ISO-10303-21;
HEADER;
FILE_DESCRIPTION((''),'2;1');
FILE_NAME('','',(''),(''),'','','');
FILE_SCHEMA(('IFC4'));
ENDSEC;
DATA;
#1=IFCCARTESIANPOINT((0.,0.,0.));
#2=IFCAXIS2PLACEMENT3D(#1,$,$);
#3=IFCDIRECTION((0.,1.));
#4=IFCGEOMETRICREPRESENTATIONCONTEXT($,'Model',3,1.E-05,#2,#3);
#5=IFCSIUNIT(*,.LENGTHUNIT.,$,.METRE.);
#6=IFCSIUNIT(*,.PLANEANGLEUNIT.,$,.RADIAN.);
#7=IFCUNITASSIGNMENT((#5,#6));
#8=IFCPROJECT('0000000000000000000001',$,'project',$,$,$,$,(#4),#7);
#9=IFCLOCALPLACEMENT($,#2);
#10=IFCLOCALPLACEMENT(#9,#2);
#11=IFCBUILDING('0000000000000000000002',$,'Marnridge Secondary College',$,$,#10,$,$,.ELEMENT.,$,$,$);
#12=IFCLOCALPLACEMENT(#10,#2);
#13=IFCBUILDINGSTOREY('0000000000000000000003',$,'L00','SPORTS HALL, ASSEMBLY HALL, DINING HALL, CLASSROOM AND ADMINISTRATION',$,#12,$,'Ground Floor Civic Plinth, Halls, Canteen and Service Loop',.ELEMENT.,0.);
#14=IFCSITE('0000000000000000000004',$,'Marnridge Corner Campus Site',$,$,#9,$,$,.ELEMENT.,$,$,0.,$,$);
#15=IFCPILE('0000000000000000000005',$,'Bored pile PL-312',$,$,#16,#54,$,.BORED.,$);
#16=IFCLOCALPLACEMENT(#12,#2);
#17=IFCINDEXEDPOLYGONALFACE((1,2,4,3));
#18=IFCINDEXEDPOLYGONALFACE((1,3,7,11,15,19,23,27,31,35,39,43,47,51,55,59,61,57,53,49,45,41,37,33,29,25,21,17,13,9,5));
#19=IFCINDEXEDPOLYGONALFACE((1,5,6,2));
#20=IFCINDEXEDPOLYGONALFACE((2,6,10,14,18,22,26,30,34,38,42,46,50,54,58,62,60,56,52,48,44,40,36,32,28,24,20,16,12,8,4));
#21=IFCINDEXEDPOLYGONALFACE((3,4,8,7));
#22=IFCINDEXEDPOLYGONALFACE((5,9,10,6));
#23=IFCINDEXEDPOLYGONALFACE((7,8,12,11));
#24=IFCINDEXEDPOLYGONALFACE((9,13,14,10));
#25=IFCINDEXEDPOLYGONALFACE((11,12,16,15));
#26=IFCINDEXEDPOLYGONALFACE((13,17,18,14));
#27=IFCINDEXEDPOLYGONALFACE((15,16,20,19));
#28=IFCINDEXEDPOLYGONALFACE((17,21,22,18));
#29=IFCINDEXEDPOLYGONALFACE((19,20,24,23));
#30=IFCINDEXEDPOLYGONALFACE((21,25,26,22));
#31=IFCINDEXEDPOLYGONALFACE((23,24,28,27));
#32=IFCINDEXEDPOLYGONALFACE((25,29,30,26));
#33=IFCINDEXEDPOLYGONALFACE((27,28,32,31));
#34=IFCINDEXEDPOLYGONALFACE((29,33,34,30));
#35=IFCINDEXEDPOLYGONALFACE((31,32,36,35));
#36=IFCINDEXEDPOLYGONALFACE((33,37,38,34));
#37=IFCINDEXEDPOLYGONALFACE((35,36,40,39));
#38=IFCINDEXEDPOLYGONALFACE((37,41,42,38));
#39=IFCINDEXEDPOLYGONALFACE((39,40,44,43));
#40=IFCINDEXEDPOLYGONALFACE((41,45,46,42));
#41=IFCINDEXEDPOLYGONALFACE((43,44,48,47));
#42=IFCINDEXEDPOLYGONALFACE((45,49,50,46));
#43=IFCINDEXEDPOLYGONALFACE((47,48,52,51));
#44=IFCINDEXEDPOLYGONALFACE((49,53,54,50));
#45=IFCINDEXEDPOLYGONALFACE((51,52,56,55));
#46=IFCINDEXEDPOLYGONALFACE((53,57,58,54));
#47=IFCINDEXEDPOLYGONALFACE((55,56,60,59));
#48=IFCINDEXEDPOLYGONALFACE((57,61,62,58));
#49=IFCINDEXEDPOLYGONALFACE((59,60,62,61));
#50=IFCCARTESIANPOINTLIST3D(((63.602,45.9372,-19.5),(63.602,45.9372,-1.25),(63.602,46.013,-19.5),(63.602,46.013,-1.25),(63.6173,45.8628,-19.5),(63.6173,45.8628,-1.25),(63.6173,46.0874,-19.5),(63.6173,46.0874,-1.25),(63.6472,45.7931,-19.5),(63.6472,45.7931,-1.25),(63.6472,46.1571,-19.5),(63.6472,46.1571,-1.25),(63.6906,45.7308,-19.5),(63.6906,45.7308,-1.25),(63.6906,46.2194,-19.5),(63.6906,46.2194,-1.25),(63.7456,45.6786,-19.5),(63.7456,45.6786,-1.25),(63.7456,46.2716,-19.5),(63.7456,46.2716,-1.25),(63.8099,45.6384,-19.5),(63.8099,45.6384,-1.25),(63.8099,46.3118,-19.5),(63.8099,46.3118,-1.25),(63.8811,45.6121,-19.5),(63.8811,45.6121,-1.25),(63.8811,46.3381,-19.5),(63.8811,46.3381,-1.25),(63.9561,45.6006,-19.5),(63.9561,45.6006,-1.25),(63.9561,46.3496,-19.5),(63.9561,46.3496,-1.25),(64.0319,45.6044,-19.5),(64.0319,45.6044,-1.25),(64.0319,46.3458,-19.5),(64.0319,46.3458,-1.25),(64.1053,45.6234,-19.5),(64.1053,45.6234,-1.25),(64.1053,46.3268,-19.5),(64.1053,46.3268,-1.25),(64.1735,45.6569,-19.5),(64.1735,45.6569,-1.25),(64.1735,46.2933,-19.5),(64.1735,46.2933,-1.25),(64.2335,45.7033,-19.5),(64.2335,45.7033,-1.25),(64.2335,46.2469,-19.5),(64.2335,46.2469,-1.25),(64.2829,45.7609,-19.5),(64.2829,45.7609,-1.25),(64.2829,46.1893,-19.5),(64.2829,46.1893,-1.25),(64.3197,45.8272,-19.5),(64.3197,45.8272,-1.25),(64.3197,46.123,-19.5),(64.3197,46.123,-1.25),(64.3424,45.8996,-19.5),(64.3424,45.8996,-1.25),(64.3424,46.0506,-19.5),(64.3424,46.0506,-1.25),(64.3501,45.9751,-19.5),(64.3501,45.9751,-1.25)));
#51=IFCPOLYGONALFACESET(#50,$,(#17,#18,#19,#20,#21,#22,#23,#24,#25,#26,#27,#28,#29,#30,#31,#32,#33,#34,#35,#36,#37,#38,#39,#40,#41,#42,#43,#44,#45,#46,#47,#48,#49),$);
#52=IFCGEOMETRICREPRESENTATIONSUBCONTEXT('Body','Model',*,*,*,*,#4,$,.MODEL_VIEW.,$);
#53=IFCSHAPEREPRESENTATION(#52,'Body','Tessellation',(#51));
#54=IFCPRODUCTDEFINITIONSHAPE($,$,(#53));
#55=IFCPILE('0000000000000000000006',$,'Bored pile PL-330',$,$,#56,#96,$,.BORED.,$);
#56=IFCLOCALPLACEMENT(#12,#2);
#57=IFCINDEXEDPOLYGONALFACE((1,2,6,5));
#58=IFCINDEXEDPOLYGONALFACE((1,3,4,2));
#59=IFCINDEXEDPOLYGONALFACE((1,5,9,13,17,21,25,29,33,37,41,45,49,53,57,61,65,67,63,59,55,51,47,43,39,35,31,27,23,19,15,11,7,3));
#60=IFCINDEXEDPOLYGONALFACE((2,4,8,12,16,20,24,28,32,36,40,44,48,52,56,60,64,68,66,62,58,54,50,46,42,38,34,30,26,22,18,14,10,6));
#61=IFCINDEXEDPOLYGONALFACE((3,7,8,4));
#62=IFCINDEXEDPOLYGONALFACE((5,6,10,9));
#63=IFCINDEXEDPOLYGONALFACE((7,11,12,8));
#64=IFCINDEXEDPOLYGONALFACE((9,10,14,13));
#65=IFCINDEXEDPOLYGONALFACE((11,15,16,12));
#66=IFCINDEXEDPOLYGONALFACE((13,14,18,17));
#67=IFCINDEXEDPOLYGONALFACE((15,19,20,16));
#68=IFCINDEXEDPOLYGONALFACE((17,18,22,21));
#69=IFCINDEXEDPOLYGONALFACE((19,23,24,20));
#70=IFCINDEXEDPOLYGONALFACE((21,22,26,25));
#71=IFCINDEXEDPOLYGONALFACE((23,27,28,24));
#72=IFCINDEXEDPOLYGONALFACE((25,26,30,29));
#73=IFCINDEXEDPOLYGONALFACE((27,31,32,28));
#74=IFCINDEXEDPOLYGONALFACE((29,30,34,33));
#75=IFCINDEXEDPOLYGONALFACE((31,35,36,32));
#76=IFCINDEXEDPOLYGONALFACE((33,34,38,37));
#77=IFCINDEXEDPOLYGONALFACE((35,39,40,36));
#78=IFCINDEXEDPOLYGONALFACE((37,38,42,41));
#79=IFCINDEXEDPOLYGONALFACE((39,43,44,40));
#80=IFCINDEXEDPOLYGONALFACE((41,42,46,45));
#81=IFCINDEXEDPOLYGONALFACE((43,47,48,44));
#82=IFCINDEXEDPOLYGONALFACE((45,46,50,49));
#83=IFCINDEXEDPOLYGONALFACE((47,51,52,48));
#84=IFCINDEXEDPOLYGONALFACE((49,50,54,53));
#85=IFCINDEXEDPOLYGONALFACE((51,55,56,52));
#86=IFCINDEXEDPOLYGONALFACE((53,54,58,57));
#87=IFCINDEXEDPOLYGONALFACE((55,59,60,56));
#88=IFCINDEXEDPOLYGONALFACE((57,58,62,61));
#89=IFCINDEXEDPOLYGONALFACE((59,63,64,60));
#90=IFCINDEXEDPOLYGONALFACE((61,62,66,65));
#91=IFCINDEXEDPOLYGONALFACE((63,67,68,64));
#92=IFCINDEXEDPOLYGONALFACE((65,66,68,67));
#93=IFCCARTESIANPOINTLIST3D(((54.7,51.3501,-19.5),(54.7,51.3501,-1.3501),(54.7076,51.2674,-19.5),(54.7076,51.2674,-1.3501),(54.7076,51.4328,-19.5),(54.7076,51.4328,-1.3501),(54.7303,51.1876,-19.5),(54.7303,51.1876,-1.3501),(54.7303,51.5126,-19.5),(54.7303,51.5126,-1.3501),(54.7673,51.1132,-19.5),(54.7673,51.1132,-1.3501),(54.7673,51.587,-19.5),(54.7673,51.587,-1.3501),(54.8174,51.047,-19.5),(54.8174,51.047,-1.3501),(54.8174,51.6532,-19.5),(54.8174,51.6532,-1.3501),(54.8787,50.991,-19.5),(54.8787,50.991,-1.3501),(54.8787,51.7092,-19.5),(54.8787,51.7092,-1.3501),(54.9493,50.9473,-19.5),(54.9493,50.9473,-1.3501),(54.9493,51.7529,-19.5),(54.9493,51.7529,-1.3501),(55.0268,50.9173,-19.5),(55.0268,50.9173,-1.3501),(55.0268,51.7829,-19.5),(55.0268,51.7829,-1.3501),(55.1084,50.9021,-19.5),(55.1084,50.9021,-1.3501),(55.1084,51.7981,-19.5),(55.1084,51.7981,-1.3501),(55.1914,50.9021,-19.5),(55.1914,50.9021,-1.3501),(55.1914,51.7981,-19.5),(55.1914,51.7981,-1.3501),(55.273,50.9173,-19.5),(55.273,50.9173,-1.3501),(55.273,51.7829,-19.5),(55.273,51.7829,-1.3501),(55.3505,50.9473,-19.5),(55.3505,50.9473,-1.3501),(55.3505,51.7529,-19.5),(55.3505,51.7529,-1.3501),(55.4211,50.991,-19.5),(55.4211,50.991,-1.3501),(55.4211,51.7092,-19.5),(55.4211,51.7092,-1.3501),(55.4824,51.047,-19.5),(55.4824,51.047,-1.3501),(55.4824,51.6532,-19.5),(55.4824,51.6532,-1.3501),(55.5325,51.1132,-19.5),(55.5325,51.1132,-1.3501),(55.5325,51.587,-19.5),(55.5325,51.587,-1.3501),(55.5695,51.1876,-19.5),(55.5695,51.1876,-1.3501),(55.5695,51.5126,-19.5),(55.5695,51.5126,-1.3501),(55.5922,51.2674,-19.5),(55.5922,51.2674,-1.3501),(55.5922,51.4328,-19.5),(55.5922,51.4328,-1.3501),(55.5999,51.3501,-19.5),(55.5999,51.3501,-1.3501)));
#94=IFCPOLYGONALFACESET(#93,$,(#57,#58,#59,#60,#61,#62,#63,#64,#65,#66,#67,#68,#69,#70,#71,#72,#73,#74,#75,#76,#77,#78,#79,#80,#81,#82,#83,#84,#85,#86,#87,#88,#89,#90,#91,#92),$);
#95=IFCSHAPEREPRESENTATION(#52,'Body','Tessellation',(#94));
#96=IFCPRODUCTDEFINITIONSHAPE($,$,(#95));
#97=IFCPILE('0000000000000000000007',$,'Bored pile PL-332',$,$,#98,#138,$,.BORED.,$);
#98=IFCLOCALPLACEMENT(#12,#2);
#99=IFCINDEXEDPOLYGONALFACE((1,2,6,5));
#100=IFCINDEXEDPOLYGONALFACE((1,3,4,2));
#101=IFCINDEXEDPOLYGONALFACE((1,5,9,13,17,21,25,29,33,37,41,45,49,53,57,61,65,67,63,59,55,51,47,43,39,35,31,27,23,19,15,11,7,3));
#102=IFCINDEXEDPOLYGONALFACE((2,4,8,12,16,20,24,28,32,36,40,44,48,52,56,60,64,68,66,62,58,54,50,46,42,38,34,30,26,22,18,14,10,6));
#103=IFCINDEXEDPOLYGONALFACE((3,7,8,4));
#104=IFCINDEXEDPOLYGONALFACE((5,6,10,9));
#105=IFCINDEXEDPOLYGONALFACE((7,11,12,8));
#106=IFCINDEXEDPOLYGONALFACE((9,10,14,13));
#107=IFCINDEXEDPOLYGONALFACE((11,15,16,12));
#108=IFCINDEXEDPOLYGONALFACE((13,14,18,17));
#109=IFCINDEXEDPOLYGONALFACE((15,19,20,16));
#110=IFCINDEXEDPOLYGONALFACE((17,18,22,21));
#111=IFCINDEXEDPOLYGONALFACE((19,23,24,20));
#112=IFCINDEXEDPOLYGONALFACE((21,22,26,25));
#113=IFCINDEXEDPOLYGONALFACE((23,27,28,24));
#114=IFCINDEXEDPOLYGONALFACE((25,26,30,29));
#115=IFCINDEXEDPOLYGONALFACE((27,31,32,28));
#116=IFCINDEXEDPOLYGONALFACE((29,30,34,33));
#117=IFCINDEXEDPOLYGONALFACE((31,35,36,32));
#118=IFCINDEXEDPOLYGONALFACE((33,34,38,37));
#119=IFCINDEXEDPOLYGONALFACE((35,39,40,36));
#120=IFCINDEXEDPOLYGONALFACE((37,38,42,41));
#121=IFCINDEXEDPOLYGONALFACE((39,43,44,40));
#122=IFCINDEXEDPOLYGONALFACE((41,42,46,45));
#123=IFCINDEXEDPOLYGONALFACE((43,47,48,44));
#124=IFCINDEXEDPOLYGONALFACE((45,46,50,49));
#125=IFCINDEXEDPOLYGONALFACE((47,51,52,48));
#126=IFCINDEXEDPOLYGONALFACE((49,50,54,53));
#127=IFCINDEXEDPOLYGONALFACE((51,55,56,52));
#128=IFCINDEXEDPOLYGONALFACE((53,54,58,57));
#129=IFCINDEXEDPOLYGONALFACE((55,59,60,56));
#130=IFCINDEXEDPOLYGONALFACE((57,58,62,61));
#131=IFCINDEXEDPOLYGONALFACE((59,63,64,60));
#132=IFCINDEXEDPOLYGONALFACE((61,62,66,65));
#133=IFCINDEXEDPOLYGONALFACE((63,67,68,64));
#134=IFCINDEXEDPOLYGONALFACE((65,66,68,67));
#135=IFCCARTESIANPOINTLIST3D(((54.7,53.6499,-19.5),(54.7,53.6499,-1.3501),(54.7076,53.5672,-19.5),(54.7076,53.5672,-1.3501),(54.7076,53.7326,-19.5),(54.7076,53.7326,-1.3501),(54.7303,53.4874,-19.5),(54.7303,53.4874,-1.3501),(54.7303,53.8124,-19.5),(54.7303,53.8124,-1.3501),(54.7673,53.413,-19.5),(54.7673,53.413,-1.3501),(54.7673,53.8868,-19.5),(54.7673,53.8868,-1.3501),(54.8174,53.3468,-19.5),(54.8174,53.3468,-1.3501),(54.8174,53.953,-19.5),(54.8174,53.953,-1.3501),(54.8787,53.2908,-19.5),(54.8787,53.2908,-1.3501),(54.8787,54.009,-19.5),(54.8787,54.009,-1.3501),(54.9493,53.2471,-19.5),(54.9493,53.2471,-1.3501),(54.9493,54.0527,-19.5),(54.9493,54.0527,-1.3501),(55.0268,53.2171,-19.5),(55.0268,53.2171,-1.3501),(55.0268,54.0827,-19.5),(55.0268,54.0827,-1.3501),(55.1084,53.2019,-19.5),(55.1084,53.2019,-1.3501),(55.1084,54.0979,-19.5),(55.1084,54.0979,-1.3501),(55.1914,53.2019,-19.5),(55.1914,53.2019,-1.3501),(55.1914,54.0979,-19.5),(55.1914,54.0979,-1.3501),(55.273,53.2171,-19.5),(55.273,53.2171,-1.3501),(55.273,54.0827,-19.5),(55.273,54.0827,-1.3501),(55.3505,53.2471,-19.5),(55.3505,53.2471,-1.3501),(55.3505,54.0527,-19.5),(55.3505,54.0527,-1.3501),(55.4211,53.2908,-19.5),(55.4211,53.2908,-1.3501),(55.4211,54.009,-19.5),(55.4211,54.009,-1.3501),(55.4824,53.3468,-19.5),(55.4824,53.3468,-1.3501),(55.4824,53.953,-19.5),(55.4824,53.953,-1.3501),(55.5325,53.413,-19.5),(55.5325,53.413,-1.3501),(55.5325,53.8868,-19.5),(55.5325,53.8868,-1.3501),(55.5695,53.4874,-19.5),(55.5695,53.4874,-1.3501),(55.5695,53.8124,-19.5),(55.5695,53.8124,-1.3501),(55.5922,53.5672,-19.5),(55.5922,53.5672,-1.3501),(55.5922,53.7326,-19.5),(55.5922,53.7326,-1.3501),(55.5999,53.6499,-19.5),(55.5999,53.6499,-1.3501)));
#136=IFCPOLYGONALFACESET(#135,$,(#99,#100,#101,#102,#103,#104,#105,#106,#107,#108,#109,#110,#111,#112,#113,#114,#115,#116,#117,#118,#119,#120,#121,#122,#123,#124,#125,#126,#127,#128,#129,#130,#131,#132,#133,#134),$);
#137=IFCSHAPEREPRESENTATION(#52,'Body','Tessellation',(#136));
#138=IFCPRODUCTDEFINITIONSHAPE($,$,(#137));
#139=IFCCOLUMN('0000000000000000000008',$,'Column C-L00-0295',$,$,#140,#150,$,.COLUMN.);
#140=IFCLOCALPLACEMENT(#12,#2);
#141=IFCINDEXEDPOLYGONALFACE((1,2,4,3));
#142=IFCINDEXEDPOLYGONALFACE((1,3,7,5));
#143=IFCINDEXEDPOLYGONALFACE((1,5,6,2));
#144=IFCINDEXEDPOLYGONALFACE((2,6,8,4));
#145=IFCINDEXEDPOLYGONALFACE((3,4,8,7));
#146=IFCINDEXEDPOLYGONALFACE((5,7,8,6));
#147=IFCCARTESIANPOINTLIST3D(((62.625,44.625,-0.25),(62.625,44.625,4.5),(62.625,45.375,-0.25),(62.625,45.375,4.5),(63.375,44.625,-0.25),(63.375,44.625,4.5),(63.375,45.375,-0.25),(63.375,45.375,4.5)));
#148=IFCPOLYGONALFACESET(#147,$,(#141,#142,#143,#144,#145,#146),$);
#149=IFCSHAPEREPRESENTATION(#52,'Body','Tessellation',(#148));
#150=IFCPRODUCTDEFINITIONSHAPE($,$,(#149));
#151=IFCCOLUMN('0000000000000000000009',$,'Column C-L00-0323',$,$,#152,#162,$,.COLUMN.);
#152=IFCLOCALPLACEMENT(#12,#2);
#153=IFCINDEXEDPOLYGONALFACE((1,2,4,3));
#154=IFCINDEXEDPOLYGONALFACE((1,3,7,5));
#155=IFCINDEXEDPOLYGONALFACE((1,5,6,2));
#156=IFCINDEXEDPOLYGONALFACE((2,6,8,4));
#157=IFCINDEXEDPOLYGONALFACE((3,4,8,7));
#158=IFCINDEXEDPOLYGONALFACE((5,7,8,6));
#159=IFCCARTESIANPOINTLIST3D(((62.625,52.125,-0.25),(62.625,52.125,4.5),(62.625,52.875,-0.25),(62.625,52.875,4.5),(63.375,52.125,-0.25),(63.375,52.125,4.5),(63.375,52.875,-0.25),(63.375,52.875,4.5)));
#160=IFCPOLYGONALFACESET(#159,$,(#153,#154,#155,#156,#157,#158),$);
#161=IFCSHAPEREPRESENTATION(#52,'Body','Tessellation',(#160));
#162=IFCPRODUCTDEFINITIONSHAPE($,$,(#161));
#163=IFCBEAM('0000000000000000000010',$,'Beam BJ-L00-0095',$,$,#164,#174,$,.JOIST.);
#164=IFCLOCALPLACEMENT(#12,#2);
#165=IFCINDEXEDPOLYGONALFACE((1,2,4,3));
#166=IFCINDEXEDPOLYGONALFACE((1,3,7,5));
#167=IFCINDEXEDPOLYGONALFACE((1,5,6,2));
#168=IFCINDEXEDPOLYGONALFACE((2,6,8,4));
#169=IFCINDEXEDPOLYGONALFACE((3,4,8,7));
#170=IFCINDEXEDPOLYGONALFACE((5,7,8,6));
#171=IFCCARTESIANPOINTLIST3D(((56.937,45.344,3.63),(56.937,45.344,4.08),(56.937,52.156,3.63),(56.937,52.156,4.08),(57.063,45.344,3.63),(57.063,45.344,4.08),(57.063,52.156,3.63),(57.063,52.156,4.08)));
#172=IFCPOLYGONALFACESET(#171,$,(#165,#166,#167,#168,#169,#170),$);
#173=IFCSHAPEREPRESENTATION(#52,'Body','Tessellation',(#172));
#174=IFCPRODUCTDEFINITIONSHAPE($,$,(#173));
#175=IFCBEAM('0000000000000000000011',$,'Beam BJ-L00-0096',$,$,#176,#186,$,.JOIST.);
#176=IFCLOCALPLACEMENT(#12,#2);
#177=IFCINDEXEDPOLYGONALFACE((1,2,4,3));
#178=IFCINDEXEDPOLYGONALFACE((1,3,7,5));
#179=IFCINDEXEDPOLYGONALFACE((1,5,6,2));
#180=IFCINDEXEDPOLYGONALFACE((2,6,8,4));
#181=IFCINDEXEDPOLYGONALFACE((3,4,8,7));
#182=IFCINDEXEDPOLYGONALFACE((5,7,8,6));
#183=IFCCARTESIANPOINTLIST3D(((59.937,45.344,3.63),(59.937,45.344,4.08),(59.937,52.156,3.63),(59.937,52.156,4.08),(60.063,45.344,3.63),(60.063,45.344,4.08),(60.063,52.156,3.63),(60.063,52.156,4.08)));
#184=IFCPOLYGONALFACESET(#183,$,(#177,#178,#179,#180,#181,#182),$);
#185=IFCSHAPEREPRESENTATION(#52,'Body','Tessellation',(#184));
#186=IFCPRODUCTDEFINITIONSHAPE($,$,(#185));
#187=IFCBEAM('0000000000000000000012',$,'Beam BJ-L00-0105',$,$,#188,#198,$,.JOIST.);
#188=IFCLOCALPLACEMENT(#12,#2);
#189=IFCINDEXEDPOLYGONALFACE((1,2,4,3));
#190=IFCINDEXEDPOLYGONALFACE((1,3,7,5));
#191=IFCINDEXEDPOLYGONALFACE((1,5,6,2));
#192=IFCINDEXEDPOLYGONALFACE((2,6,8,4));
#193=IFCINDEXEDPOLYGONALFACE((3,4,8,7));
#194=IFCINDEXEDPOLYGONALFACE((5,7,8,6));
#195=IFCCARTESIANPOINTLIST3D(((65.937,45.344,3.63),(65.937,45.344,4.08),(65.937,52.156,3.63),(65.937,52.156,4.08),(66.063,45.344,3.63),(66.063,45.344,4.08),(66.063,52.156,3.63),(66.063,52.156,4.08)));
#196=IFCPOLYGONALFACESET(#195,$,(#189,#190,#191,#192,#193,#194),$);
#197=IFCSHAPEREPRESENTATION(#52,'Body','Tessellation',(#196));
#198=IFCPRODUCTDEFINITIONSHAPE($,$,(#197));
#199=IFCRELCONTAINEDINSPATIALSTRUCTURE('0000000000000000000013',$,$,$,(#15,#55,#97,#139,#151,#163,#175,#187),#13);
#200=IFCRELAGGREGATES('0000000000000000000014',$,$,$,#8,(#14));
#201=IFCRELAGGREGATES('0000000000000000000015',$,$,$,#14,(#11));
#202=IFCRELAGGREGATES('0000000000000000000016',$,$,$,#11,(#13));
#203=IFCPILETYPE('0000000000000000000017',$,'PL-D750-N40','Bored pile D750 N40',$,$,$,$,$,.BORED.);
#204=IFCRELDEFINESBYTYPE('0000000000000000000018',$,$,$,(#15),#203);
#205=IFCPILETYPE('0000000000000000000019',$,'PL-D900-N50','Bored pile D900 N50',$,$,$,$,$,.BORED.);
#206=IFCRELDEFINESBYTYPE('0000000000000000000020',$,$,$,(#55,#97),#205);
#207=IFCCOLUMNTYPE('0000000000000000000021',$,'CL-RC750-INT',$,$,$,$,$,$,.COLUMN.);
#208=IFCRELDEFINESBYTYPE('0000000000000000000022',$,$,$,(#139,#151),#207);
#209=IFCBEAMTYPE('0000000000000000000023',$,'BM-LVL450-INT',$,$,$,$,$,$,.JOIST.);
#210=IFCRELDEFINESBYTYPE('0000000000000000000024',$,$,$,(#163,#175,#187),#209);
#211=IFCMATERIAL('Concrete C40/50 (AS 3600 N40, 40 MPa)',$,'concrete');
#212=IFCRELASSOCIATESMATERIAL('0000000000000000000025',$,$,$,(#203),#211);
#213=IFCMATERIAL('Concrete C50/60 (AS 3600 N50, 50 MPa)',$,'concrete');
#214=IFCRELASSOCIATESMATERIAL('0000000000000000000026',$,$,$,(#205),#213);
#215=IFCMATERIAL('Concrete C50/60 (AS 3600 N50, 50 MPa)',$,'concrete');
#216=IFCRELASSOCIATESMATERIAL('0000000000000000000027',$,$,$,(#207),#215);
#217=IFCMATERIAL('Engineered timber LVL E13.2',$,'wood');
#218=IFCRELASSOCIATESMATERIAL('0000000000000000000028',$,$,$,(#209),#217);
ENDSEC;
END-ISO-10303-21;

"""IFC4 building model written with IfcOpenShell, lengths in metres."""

from ifc_helpers import new_model, si_unit, direction, frame, origin, origin_2d, place, context, subcontext, project, spatial, rectangle, circle, extrude, material, material_profile, profile_set, type_object, element, save


model = new_model("IFC4")

# Units and contexts
model_context = context("Model", 3, precision=1e-05, world=origin(), true_north=direction((0.0, 1.0)))
body_context = subcontext(model_context, "Body", "Model", "MODEL_VIEW")
ifc_project = project(units=[si_unit("LENGTHUNIT", "METRE"), si_unit("PLANEANGLEUNIT", "RADIAN")], contexts=[model_context])

# Site, building, storey
site_placement = place(None, origin())
site = spatial("IfcSite", under=ifc_project, at=site_placement, Name="Marnridge Corner Campus Site", CompositionType="ELEMENT", RefElevation=0.0)
building_placement = place(site_placement, origin())
building = spatial("IfcBuilding", under=site, at=building_placement, Name="Marnridge Secondary College", CompositionType="ELEMENT")
storey_placement = place(building_placement, origin())
storey = spatial("IfcBuildingStorey", under=building, at=storey_placement, Name="L00", Description="SPORTS HALL, ASSEMBLY HALL, DINING HALL, CLASSROOM AND ADMINISTRATION", LongName="Ground Floor Civic Plinth, Halls, Canteen and Service Loop", CompositionType="ELEMENT", Elevation=0.0)

# Piles
ifc_material_1 = material(Name="Concrete C40/50 (AS 3600 N40, 40 MPa)", Category="concrete")
ifc_material_profile_1 = material_profile(ifc_material_1, circle(Radius=0.375, at=origin_2d()), Name="PILE D750")
ifc_profile_set_1 = profile_set([ifc_material_profile_1], Name="Concrete C40/50 (AS 3600 N40, 40 MPa)")
pile_type_1 = type_object("IfcPileType", Name="PL-D750-N40", Description="Bored pile D750 N40", PredefinedType="BORED", material=ifc_profile_set_1)
for number, where, z_axis, x_axis, name in (
    (1, (63.9751, 45.9751, -1.25), (0.0, 0.0, -1.0), (1.0, 0.0, 0.0), "Bored pile PL-312"),
):
    element("IfcPile", number, at=place(storey_placement, frame(where, z_axis=z_axis, x_axis=x_axis)), inside=storey, type_object=pile_type_1, Name=name, PredefinedType="BORED", context=body_context, shape_type="SweptSolid", body=[
        extrude(circle(Radius=0.375, at=origin_2d()), origin(), (0.0, 0.0, 1.0), 18.25),
    ])
ifc_material_2 = material(Name="Concrete C50/60 (AS 3600 N50, 50 MPa)", Category="concrete")
ifc_material_profile_2 = material_profile(ifc_material_2, circle(Radius=0.45, at=origin_2d()), Name="PILE D900")
ifc_profile_set_2 = profile_set([ifc_material_profile_2], Name="Concrete C50/60 (AS 3600 N50, 50 MPa)")
pile_type_2 = type_object("IfcPileType", Name="PL-D900-N50", Description="Bored pile D900 N50", PredefinedType="BORED", material=ifc_profile_set_2)
for number, where, z_axis, x_axis, name in (
    (2, (55.1499, 51.3501, -1.3501), (0.0, 0.0, -1.0), (1.0, 0.0, 0.0), "Bored pile PL-330"),
    (3, (55.1499, 53.6499, -1.3501), (0.0, 0.0, -1.0), (1.0, 0.0, 0.0), "Bored pile PL-332"),
):
    element("IfcPile", number, at=place(storey_placement, frame(where, z_axis=z_axis, x_axis=x_axis)), inside=storey, type_object=pile_type_2, Name=name, PredefinedType="BORED", context=body_context, shape_type="SweptSolid", body=[
        extrude(circle(Radius=0.45, at=origin_2d()), origin(), (0.0, 0.0, 1.0), 18.1499),
    ])

# Columns
ifc_material_3 = material(Name="Concrete C50/60 (AS 3600 N50, 50 MPa)", Category="concrete")
ifc_material_profile_3 = material_profile(ifc_material_3, rectangle(XDim=0.75, YDim=0.75, at=origin_2d()), Name="RC 750x750")
ifc_profile_set_3 = profile_set([ifc_material_profile_3], Name="Concrete C50/60 (AS 3600 N50, 50 MPa)")
column_type = type_object("IfcColumnType", Name="CL-RC750-INT", PredefinedType="COLUMN", material=ifc_profile_set_3)
for number, where, z_axis, x_axis, name in (
    (4, (63.0, 45.0, -0.25), (0.0, 0.0, 1.0), (1.0, 0.0, 0.0), "Column C-L00-0295"),
    (5, (63.0, 52.5, -0.25), (0.0, 0.0, 1.0), (1.0, 0.0, 0.0), "Column C-L00-0323"),
):
    element("IfcColumn", number, at=place(storey_placement, frame(where, z_axis=z_axis, x_axis=x_axis)), inside=storey, type_object=column_type, Name=name, PredefinedType="COLUMN", context=body_context, shape_type="SweptSolid", body=[
        extrude(rectangle(XDim=0.75, YDim=0.75, at=origin_2d()), origin(), (0.0, 0.0, 1.0), 4.75),
    ])

# Beams
ifc_material_4 = material(Name="Engineered timber LVL E13.2", Category="wood")
ifc_material_profile_4 = material_profile(ifc_material_4, rectangle(XDim=0.126, YDim=0.45, at=origin_2d()), Name="LVL 126x450")
ifc_profile_set_4 = profile_set([ifc_material_profile_4], Name="Engineered timber LVL E13.2")
beam_type_1 = type_object("IfcBeamType", Name="BM-LVL450-INT", PredefinedType="JOIST", material=ifc_profile_set_4)
for number, where, z_axis, x_axis, name in (
    (6, (57.0, 45.344, 3.855), (0.0, 1.0, 0.0), (-1.0, 0.0, 0.0), "Beam BJ-L00-0095"),
    (7, (60.0, 45.344, 3.855), (0.0, 1.0, 0.0), (-1.0, 0.0, 0.0), "Beam BJ-L00-0096"),
    (8, (66.0, 45.344, 3.855), (0.0, 1.0, 0.0), (-1.0, 0.0, 0.0), "Beam BJ-L00-0105"),
):
    element("IfcBeam", number, at=place(storey_placement, frame(where, z_axis=z_axis, x_axis=x_axis)), inside=storey, type_object=beam_type_1, Name=name, PredefinedType="JOIST", context=body_context, shape_type="SweptSolid", body=[
        extrude(rectangle(XDim=0.126, YDim=0.45, at=origin_2d()), origin(), (0.0, 0.0, 1.0), 6.812),
    ])

save(model, "model.ifc")
